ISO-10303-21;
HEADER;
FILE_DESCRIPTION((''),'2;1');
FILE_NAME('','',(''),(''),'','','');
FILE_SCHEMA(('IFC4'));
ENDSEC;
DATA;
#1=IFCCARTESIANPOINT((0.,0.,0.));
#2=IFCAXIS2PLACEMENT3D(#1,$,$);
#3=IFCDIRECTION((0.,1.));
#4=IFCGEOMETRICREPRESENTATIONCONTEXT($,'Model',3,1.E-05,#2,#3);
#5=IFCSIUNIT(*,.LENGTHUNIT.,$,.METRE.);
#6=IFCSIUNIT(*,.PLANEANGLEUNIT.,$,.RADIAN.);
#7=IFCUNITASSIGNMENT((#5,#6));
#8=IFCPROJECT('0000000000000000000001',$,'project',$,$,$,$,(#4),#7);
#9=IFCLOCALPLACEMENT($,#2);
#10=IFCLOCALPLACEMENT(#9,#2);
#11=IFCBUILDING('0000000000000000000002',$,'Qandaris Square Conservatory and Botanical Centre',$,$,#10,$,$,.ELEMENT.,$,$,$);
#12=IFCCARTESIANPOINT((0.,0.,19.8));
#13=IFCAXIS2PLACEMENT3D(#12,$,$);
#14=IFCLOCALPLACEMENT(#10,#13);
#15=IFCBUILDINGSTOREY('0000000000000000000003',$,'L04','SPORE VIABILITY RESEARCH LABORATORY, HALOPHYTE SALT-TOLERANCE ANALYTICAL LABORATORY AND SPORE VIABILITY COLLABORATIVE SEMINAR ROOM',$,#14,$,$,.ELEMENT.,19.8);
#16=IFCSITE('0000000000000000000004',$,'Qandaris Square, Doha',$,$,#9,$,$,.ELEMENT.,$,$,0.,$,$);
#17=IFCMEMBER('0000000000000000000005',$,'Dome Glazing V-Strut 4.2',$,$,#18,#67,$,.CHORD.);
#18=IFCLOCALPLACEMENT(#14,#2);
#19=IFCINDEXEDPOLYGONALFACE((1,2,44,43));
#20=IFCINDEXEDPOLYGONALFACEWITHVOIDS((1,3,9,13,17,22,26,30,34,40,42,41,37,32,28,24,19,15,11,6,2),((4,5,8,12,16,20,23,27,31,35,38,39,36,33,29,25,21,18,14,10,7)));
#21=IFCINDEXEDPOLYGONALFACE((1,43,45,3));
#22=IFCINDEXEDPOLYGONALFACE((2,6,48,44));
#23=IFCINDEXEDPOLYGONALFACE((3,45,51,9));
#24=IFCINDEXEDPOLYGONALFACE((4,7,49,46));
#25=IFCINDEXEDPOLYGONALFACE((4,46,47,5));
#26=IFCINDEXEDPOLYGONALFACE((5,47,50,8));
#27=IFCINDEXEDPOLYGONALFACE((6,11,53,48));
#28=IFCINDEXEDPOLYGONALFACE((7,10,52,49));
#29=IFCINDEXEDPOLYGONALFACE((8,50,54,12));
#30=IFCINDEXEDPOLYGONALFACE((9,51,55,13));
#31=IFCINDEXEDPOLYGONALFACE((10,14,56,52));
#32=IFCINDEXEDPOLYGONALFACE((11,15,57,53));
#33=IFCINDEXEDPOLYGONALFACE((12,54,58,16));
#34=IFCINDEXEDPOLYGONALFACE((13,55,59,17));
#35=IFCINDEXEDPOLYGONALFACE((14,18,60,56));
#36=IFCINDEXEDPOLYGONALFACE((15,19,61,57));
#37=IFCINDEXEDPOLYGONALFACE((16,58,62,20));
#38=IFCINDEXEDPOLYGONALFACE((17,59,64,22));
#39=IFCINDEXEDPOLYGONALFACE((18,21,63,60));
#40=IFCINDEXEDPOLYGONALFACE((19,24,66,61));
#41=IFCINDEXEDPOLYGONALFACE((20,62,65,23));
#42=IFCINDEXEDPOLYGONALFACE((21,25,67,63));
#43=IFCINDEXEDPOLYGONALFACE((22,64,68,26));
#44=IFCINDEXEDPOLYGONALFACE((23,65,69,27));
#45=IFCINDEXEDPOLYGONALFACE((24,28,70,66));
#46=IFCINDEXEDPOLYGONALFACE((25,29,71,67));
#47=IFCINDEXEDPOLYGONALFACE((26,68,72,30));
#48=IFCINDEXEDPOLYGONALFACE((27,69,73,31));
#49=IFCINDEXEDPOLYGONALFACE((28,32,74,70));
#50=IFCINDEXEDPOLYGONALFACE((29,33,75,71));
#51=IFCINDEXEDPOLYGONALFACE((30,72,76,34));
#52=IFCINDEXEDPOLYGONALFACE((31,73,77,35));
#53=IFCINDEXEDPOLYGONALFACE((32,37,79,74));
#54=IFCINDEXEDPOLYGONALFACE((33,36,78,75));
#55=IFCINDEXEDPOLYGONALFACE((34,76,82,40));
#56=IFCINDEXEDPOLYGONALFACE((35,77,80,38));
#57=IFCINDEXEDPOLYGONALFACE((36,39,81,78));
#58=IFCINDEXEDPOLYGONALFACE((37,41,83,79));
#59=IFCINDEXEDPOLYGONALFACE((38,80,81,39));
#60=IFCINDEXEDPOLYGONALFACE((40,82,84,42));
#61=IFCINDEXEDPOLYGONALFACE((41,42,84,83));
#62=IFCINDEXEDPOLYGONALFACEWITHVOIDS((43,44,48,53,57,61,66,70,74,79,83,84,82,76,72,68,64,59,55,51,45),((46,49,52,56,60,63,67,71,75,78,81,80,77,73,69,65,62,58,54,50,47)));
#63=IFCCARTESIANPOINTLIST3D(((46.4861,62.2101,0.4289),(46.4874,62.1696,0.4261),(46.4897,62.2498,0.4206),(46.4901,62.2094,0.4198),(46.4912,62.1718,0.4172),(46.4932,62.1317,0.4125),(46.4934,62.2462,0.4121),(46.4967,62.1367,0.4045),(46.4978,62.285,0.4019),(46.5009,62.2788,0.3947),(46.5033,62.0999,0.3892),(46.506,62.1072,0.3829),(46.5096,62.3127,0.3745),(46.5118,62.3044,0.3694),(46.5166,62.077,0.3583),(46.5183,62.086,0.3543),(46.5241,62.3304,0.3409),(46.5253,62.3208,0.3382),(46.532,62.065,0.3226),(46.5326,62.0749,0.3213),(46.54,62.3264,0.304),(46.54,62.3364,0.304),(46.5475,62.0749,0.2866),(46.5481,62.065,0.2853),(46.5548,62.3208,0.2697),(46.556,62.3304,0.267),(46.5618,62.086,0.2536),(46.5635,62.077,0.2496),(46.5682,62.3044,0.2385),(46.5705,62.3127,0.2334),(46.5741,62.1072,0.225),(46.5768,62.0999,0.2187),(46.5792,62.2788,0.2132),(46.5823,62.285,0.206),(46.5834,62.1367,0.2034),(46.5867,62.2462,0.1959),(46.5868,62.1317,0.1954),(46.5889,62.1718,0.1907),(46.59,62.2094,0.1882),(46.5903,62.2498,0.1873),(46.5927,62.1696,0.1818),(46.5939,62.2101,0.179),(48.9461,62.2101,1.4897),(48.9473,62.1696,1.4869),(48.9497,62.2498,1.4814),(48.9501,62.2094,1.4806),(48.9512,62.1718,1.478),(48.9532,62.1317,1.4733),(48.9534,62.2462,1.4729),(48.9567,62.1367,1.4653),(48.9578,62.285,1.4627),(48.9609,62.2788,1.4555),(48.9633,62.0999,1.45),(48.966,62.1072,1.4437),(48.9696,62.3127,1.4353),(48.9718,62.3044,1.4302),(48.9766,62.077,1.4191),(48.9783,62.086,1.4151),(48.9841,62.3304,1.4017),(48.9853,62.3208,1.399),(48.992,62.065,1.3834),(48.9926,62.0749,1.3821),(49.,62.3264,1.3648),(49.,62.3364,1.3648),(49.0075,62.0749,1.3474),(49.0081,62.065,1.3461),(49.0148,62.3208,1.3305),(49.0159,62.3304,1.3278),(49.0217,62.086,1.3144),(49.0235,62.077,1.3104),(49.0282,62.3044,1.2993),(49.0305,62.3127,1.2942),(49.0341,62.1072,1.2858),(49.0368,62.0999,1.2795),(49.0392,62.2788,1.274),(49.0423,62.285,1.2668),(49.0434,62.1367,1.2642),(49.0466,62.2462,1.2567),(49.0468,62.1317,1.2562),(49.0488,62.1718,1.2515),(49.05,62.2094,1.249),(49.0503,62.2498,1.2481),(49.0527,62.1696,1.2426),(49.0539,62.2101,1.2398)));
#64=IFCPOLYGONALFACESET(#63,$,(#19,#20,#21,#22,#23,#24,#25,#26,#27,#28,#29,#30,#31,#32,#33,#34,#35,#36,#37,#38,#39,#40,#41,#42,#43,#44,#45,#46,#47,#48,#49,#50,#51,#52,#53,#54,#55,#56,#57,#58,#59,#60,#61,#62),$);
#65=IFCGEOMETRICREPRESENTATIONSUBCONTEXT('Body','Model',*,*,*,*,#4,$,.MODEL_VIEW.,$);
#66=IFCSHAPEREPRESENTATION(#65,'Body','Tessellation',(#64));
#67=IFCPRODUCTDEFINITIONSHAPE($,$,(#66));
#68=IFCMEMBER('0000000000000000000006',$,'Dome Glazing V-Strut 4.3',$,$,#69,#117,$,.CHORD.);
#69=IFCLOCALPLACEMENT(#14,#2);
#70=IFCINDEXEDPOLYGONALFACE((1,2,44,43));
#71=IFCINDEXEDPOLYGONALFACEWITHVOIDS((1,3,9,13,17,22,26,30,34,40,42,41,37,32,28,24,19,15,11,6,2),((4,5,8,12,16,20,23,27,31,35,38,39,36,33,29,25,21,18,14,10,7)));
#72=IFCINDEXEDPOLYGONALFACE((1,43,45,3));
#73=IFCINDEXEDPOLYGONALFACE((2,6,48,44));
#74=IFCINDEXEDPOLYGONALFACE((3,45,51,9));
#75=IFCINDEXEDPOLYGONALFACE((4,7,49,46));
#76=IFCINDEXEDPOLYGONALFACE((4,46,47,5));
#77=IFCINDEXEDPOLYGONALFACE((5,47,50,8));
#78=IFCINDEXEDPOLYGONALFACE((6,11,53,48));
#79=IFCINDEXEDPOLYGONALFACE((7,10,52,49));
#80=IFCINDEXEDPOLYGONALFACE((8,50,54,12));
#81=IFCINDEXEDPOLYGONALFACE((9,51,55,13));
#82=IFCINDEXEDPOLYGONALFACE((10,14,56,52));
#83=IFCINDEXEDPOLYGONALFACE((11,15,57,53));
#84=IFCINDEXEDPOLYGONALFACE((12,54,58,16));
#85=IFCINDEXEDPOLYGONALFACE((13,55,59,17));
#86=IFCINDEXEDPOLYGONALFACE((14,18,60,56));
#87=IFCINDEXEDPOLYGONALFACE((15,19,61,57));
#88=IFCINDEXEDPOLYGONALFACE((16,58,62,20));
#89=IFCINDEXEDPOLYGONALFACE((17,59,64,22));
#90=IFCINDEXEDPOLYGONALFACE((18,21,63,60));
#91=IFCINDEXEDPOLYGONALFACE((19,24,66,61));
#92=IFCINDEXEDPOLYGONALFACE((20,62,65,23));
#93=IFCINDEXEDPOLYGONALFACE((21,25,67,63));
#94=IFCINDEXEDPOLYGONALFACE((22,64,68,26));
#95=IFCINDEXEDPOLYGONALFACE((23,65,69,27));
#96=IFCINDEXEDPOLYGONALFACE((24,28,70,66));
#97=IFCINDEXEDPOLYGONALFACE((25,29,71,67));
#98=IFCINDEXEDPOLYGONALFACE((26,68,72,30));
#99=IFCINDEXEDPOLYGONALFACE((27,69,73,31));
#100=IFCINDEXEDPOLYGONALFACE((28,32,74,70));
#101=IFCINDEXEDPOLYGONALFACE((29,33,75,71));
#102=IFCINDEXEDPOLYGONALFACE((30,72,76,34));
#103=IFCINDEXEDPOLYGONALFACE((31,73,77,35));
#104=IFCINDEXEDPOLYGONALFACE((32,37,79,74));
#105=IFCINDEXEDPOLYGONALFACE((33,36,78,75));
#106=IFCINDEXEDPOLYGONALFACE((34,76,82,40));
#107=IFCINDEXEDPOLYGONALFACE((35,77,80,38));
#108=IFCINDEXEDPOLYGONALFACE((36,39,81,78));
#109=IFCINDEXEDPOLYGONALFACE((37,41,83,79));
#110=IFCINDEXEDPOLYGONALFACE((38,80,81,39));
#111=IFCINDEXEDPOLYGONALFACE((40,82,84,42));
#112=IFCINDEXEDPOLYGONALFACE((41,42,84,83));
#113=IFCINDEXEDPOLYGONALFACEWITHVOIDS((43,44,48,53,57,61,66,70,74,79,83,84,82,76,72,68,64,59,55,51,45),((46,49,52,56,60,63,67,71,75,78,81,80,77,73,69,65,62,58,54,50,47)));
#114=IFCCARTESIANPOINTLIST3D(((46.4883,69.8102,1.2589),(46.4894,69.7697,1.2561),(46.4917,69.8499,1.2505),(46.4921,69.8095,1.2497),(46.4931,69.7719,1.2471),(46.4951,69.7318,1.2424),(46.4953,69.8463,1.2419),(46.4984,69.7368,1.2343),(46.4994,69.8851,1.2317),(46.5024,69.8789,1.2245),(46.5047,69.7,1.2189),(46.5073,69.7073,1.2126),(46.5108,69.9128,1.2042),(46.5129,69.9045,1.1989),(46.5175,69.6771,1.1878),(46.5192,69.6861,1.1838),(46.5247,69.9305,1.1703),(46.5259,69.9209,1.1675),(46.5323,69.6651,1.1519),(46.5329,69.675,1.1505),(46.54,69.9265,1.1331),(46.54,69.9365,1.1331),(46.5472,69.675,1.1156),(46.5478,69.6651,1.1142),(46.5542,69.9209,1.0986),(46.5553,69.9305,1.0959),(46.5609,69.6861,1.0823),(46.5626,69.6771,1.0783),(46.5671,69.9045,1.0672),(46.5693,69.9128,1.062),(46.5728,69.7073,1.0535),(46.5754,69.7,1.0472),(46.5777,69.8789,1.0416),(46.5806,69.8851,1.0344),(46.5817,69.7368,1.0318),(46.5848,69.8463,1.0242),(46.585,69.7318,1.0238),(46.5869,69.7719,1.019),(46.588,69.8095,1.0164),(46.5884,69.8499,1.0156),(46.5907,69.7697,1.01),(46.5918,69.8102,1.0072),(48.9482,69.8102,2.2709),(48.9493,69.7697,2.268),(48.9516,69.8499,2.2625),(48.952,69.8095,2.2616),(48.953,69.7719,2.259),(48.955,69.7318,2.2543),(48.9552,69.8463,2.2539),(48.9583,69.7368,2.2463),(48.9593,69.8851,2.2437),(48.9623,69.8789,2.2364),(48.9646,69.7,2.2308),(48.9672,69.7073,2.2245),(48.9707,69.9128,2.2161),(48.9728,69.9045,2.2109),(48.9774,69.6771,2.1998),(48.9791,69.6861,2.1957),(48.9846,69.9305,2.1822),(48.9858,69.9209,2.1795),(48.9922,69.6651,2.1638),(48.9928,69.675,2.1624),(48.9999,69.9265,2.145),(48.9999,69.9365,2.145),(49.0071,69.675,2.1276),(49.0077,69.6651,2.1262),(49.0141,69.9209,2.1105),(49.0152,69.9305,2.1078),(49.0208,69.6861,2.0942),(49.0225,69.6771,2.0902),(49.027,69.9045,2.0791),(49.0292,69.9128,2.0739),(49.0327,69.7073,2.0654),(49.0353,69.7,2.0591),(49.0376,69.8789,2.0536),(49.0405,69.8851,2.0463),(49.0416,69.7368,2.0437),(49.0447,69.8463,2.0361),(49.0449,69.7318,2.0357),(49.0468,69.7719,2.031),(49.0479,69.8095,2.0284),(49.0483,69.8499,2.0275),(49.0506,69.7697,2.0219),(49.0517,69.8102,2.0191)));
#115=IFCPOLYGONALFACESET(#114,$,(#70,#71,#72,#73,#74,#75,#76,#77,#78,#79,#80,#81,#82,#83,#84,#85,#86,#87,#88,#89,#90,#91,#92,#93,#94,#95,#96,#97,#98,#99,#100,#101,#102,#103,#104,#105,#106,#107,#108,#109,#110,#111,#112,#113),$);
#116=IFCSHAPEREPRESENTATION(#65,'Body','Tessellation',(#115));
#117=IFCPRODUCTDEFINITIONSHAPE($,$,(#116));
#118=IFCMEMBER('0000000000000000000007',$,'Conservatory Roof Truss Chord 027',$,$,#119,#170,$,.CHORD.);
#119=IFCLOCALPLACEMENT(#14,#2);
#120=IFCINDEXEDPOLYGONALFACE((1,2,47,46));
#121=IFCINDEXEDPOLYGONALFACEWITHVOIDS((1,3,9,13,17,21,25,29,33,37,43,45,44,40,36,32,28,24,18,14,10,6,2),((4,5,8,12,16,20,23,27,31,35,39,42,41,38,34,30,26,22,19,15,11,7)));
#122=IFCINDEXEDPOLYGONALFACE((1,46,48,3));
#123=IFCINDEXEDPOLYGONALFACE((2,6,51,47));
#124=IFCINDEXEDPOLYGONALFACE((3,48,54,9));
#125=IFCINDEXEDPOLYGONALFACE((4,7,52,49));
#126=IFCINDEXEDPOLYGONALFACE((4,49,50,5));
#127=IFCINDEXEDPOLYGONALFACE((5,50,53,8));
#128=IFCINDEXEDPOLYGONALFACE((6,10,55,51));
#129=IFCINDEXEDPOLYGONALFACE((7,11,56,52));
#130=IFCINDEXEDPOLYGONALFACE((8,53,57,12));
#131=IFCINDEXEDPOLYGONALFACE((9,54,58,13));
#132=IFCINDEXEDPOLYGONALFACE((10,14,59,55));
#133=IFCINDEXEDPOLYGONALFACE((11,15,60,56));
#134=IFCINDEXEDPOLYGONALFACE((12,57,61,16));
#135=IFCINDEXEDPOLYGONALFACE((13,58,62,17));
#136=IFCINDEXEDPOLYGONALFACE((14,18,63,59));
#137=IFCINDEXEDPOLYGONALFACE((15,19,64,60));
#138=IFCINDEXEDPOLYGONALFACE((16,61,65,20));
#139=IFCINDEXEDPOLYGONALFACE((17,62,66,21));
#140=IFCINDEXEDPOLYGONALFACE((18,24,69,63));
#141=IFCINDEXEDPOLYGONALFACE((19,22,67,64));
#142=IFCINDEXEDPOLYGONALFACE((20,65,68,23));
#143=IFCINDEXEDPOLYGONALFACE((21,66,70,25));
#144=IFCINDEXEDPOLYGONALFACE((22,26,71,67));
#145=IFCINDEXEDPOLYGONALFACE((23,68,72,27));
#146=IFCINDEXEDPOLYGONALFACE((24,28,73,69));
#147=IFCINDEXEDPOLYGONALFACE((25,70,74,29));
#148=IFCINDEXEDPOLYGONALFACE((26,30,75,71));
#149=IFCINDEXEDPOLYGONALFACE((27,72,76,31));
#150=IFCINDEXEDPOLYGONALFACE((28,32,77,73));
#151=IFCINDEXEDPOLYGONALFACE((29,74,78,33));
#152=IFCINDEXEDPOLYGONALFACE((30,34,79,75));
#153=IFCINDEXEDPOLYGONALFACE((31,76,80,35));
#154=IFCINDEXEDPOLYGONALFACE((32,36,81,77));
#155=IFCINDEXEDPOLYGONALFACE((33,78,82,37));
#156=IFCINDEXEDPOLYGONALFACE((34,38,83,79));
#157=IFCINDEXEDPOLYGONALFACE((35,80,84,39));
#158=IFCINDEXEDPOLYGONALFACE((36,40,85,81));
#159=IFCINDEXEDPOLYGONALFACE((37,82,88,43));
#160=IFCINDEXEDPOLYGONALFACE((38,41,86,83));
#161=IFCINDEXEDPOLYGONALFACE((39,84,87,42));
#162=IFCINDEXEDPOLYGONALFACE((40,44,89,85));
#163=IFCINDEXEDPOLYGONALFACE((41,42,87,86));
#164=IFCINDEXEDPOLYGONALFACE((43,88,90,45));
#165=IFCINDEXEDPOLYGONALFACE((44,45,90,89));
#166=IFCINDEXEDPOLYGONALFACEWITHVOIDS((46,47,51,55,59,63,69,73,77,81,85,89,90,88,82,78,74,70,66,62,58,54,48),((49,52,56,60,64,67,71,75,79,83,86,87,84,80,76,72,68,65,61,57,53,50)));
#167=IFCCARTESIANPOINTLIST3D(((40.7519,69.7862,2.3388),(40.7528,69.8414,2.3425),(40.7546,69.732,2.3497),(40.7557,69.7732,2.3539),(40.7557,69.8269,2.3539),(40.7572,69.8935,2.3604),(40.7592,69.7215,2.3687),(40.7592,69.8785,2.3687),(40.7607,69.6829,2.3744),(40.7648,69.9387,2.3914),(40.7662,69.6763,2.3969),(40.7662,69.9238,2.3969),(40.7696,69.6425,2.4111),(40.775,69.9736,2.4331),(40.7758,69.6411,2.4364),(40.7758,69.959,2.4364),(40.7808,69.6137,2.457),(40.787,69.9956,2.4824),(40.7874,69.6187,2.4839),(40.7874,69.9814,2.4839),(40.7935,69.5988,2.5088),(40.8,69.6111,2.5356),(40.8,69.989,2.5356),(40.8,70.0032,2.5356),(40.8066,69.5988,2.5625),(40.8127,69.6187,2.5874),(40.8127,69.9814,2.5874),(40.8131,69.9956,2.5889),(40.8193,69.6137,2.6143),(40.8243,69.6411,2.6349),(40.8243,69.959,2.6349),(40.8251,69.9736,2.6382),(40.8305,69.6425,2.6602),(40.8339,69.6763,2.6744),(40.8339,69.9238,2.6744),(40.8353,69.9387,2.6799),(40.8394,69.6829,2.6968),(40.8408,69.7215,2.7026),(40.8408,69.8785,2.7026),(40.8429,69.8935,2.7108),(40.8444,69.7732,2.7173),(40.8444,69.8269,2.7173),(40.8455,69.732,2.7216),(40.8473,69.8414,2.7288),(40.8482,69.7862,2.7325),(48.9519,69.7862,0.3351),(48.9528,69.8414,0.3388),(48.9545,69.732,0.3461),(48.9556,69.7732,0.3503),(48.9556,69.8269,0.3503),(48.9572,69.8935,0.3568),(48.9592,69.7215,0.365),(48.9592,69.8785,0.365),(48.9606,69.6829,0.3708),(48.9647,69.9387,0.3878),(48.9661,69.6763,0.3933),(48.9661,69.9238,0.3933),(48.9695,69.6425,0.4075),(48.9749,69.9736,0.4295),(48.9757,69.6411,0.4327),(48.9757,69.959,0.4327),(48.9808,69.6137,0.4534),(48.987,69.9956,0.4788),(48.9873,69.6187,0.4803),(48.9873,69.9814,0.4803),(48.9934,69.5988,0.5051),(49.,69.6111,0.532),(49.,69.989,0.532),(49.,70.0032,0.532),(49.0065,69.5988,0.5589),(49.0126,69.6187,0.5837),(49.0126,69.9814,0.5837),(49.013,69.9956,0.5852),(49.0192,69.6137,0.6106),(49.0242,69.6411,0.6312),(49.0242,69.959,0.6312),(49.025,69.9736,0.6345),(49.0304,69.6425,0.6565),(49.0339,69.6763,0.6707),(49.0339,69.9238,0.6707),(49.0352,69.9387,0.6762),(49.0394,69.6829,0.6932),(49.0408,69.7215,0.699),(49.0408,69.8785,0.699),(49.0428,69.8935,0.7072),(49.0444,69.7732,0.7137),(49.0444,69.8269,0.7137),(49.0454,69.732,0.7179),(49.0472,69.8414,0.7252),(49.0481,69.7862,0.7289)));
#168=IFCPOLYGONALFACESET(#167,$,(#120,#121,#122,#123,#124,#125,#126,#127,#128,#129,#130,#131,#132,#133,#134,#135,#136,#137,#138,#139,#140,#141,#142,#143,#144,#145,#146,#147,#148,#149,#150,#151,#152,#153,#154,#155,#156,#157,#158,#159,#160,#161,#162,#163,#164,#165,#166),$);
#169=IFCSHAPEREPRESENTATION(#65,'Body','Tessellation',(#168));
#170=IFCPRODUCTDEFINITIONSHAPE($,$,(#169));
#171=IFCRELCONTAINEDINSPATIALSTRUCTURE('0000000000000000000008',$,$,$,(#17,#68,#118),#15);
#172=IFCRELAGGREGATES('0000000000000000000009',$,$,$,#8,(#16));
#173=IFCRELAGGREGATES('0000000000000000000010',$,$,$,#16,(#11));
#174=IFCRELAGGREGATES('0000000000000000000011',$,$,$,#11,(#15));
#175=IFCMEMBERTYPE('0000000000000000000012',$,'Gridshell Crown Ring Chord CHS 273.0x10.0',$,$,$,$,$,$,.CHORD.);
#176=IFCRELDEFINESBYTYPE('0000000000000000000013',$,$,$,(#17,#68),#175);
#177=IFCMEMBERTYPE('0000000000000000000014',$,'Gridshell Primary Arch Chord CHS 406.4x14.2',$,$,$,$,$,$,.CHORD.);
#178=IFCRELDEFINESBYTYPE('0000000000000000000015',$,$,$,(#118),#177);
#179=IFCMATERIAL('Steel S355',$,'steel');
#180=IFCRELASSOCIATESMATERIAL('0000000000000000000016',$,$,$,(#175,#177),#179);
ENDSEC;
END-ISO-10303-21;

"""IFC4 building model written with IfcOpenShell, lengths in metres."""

from ifc_helpers import new_model, si_unit, direction, frame, origin, origin_2d, place, context, subcontext, project, spatial, hollow_circle, extrude, material, material_profile, profile_set, type_object, element, save


model = new_model("IFC4")

# Units and contexts
model_context = context("Model", 3, precision=1e-05, world=origin(), true_north=direction((0.0, 1.0)))
body_context = subcontext(model_context, "Body", "Model", "MODEL_VIEW")
ifc_project = project(units=[si_unit("LENGTHUNIT", "METRE"), si_unit("PLANEANGLEUNIT", "RADIAN")], contexts=[model_context])

# Site, building, storey
site_placement = place(None, origin())
site = spatial("IfcSite", under=ifc_project, at=site_placement, Name="Qandaris Square, Doha", CompositionType="ELEMENT", RefElevation=0.0)
building_placement = place(site_placement, origin())
building = spatial("IfcBuilding", under=site, at=building_placement, Name="Qandaris Square Conservatory and Botanical Centre", CompositionType="ELEMENT")
storey_placement = place(building_placement, frame((0.0, 0.0, 19.8)))
storey = spatial("IfcBuildingStorey", under=building, at=storey_placement, Name="L04", Description="SPORE VIABILITY RESEARCH LABORATORY, HALOPHYTE SALT-TOLERANCE ANALYTICAL LABORATORY AND SPORE VIABILITY COLLABORATIVE SEMINAR ROOM", CompositionType="ELEMENT", Elevation=19.8)

# Members
ifc_material = material(Name="Steel S355", Category="steel")
ifc_material_profile_1 = material_profile(ifc_material, hollow_circle(Radius=0.1365, WallThickness=0.01, at=origin_2d()), Name="CHS 273.0x10.0")
ifc_profile_set_1 = profile_set([ifc_material_profile_1], Name="Steel S355")
member_type_1 = type_object("IfcMemberType", Name="Gridshell Crown Ring Chord CHS 273.0x10.0", PredefinedType="CHORD", material=ifc_profile_set_1)
member_1_placement = place(storey_placement, frame((46.54, 62.2, 0.304), z_axis=(0.918261, 0.0, 0.395975), x_axis=(0.0, 1.0, 0.0)))
element("IfcMember", 1, at=member_1_placement, inside=storey, type_object=member_type_1, Name="Dome Glazing V-Strut 4.2", PredefinedType="CHORD", context=body_context, shape_type="SweptSolid", body=[
    extrude(hollow_circle(Radius=0.1365, WallThickness=0.01, at=origin_2d()), origin(), (0.0, 0.0, 1.0), 2.679),
])
member_2_placement = place(storey_placement, frame((46.54, 69.8, 1.1331), z_axis=(0.924805, 0.0, 0.38044), x_axis=(0.0, 1.0, 0.0)))
element("IfcMember", 2, at=member_2_placement, inside=storey, type_object=member_type_1, Name="Dome Glazing V-Strut 4.3", PredefinedType="CHORD", context=body_context, shape_type="SweptSolid", body=[
    extrude(hollow_circle(Radius=0.1365, WallThickness=0.01, at=origin_2d()), origin(), (0.0, 0.0, 1.0), 2.6599),
])
ifc_material_profile_2 = material_profile(ifc_material, hollow_circle(Radius=0.2031, WallThickness=0.0142, at=origin_2d()), Name="CHS 406.4x14.2")
ifc_profile_set_2 = profile_set([ifc_material_profile_2], Name="Steel S355")
member_type_2 = type_object("IfcMemberType", Name="Gridshell Primary Arch Chord CHS 406.4x14.2", PredefinedType="CHORD", material=ifc_profile_set_2)
member_3_placement = place(storey_placement, frame((40.8, 69.8, 2.5356), z_axis=(0.97142, 0.0, -0.237367), x_axis=(0.0, 1.0, 0.0)))
element("IfcMember", 3, at=member_3_placement, inside=storey, type_object=member_type_2, Name="Conservatory Roof Truss Chord 027", PredefinedType="CHORD", context=body_context, shape_type="SweptSolid", body=[
    extrude(hollow_circle(Radius=0.2031, WallThickness=0.0142, at=origin_2d()), origin(), (0.0, 0.0, 1.0), 8.4412),
])

save(model, "model.ifc")
